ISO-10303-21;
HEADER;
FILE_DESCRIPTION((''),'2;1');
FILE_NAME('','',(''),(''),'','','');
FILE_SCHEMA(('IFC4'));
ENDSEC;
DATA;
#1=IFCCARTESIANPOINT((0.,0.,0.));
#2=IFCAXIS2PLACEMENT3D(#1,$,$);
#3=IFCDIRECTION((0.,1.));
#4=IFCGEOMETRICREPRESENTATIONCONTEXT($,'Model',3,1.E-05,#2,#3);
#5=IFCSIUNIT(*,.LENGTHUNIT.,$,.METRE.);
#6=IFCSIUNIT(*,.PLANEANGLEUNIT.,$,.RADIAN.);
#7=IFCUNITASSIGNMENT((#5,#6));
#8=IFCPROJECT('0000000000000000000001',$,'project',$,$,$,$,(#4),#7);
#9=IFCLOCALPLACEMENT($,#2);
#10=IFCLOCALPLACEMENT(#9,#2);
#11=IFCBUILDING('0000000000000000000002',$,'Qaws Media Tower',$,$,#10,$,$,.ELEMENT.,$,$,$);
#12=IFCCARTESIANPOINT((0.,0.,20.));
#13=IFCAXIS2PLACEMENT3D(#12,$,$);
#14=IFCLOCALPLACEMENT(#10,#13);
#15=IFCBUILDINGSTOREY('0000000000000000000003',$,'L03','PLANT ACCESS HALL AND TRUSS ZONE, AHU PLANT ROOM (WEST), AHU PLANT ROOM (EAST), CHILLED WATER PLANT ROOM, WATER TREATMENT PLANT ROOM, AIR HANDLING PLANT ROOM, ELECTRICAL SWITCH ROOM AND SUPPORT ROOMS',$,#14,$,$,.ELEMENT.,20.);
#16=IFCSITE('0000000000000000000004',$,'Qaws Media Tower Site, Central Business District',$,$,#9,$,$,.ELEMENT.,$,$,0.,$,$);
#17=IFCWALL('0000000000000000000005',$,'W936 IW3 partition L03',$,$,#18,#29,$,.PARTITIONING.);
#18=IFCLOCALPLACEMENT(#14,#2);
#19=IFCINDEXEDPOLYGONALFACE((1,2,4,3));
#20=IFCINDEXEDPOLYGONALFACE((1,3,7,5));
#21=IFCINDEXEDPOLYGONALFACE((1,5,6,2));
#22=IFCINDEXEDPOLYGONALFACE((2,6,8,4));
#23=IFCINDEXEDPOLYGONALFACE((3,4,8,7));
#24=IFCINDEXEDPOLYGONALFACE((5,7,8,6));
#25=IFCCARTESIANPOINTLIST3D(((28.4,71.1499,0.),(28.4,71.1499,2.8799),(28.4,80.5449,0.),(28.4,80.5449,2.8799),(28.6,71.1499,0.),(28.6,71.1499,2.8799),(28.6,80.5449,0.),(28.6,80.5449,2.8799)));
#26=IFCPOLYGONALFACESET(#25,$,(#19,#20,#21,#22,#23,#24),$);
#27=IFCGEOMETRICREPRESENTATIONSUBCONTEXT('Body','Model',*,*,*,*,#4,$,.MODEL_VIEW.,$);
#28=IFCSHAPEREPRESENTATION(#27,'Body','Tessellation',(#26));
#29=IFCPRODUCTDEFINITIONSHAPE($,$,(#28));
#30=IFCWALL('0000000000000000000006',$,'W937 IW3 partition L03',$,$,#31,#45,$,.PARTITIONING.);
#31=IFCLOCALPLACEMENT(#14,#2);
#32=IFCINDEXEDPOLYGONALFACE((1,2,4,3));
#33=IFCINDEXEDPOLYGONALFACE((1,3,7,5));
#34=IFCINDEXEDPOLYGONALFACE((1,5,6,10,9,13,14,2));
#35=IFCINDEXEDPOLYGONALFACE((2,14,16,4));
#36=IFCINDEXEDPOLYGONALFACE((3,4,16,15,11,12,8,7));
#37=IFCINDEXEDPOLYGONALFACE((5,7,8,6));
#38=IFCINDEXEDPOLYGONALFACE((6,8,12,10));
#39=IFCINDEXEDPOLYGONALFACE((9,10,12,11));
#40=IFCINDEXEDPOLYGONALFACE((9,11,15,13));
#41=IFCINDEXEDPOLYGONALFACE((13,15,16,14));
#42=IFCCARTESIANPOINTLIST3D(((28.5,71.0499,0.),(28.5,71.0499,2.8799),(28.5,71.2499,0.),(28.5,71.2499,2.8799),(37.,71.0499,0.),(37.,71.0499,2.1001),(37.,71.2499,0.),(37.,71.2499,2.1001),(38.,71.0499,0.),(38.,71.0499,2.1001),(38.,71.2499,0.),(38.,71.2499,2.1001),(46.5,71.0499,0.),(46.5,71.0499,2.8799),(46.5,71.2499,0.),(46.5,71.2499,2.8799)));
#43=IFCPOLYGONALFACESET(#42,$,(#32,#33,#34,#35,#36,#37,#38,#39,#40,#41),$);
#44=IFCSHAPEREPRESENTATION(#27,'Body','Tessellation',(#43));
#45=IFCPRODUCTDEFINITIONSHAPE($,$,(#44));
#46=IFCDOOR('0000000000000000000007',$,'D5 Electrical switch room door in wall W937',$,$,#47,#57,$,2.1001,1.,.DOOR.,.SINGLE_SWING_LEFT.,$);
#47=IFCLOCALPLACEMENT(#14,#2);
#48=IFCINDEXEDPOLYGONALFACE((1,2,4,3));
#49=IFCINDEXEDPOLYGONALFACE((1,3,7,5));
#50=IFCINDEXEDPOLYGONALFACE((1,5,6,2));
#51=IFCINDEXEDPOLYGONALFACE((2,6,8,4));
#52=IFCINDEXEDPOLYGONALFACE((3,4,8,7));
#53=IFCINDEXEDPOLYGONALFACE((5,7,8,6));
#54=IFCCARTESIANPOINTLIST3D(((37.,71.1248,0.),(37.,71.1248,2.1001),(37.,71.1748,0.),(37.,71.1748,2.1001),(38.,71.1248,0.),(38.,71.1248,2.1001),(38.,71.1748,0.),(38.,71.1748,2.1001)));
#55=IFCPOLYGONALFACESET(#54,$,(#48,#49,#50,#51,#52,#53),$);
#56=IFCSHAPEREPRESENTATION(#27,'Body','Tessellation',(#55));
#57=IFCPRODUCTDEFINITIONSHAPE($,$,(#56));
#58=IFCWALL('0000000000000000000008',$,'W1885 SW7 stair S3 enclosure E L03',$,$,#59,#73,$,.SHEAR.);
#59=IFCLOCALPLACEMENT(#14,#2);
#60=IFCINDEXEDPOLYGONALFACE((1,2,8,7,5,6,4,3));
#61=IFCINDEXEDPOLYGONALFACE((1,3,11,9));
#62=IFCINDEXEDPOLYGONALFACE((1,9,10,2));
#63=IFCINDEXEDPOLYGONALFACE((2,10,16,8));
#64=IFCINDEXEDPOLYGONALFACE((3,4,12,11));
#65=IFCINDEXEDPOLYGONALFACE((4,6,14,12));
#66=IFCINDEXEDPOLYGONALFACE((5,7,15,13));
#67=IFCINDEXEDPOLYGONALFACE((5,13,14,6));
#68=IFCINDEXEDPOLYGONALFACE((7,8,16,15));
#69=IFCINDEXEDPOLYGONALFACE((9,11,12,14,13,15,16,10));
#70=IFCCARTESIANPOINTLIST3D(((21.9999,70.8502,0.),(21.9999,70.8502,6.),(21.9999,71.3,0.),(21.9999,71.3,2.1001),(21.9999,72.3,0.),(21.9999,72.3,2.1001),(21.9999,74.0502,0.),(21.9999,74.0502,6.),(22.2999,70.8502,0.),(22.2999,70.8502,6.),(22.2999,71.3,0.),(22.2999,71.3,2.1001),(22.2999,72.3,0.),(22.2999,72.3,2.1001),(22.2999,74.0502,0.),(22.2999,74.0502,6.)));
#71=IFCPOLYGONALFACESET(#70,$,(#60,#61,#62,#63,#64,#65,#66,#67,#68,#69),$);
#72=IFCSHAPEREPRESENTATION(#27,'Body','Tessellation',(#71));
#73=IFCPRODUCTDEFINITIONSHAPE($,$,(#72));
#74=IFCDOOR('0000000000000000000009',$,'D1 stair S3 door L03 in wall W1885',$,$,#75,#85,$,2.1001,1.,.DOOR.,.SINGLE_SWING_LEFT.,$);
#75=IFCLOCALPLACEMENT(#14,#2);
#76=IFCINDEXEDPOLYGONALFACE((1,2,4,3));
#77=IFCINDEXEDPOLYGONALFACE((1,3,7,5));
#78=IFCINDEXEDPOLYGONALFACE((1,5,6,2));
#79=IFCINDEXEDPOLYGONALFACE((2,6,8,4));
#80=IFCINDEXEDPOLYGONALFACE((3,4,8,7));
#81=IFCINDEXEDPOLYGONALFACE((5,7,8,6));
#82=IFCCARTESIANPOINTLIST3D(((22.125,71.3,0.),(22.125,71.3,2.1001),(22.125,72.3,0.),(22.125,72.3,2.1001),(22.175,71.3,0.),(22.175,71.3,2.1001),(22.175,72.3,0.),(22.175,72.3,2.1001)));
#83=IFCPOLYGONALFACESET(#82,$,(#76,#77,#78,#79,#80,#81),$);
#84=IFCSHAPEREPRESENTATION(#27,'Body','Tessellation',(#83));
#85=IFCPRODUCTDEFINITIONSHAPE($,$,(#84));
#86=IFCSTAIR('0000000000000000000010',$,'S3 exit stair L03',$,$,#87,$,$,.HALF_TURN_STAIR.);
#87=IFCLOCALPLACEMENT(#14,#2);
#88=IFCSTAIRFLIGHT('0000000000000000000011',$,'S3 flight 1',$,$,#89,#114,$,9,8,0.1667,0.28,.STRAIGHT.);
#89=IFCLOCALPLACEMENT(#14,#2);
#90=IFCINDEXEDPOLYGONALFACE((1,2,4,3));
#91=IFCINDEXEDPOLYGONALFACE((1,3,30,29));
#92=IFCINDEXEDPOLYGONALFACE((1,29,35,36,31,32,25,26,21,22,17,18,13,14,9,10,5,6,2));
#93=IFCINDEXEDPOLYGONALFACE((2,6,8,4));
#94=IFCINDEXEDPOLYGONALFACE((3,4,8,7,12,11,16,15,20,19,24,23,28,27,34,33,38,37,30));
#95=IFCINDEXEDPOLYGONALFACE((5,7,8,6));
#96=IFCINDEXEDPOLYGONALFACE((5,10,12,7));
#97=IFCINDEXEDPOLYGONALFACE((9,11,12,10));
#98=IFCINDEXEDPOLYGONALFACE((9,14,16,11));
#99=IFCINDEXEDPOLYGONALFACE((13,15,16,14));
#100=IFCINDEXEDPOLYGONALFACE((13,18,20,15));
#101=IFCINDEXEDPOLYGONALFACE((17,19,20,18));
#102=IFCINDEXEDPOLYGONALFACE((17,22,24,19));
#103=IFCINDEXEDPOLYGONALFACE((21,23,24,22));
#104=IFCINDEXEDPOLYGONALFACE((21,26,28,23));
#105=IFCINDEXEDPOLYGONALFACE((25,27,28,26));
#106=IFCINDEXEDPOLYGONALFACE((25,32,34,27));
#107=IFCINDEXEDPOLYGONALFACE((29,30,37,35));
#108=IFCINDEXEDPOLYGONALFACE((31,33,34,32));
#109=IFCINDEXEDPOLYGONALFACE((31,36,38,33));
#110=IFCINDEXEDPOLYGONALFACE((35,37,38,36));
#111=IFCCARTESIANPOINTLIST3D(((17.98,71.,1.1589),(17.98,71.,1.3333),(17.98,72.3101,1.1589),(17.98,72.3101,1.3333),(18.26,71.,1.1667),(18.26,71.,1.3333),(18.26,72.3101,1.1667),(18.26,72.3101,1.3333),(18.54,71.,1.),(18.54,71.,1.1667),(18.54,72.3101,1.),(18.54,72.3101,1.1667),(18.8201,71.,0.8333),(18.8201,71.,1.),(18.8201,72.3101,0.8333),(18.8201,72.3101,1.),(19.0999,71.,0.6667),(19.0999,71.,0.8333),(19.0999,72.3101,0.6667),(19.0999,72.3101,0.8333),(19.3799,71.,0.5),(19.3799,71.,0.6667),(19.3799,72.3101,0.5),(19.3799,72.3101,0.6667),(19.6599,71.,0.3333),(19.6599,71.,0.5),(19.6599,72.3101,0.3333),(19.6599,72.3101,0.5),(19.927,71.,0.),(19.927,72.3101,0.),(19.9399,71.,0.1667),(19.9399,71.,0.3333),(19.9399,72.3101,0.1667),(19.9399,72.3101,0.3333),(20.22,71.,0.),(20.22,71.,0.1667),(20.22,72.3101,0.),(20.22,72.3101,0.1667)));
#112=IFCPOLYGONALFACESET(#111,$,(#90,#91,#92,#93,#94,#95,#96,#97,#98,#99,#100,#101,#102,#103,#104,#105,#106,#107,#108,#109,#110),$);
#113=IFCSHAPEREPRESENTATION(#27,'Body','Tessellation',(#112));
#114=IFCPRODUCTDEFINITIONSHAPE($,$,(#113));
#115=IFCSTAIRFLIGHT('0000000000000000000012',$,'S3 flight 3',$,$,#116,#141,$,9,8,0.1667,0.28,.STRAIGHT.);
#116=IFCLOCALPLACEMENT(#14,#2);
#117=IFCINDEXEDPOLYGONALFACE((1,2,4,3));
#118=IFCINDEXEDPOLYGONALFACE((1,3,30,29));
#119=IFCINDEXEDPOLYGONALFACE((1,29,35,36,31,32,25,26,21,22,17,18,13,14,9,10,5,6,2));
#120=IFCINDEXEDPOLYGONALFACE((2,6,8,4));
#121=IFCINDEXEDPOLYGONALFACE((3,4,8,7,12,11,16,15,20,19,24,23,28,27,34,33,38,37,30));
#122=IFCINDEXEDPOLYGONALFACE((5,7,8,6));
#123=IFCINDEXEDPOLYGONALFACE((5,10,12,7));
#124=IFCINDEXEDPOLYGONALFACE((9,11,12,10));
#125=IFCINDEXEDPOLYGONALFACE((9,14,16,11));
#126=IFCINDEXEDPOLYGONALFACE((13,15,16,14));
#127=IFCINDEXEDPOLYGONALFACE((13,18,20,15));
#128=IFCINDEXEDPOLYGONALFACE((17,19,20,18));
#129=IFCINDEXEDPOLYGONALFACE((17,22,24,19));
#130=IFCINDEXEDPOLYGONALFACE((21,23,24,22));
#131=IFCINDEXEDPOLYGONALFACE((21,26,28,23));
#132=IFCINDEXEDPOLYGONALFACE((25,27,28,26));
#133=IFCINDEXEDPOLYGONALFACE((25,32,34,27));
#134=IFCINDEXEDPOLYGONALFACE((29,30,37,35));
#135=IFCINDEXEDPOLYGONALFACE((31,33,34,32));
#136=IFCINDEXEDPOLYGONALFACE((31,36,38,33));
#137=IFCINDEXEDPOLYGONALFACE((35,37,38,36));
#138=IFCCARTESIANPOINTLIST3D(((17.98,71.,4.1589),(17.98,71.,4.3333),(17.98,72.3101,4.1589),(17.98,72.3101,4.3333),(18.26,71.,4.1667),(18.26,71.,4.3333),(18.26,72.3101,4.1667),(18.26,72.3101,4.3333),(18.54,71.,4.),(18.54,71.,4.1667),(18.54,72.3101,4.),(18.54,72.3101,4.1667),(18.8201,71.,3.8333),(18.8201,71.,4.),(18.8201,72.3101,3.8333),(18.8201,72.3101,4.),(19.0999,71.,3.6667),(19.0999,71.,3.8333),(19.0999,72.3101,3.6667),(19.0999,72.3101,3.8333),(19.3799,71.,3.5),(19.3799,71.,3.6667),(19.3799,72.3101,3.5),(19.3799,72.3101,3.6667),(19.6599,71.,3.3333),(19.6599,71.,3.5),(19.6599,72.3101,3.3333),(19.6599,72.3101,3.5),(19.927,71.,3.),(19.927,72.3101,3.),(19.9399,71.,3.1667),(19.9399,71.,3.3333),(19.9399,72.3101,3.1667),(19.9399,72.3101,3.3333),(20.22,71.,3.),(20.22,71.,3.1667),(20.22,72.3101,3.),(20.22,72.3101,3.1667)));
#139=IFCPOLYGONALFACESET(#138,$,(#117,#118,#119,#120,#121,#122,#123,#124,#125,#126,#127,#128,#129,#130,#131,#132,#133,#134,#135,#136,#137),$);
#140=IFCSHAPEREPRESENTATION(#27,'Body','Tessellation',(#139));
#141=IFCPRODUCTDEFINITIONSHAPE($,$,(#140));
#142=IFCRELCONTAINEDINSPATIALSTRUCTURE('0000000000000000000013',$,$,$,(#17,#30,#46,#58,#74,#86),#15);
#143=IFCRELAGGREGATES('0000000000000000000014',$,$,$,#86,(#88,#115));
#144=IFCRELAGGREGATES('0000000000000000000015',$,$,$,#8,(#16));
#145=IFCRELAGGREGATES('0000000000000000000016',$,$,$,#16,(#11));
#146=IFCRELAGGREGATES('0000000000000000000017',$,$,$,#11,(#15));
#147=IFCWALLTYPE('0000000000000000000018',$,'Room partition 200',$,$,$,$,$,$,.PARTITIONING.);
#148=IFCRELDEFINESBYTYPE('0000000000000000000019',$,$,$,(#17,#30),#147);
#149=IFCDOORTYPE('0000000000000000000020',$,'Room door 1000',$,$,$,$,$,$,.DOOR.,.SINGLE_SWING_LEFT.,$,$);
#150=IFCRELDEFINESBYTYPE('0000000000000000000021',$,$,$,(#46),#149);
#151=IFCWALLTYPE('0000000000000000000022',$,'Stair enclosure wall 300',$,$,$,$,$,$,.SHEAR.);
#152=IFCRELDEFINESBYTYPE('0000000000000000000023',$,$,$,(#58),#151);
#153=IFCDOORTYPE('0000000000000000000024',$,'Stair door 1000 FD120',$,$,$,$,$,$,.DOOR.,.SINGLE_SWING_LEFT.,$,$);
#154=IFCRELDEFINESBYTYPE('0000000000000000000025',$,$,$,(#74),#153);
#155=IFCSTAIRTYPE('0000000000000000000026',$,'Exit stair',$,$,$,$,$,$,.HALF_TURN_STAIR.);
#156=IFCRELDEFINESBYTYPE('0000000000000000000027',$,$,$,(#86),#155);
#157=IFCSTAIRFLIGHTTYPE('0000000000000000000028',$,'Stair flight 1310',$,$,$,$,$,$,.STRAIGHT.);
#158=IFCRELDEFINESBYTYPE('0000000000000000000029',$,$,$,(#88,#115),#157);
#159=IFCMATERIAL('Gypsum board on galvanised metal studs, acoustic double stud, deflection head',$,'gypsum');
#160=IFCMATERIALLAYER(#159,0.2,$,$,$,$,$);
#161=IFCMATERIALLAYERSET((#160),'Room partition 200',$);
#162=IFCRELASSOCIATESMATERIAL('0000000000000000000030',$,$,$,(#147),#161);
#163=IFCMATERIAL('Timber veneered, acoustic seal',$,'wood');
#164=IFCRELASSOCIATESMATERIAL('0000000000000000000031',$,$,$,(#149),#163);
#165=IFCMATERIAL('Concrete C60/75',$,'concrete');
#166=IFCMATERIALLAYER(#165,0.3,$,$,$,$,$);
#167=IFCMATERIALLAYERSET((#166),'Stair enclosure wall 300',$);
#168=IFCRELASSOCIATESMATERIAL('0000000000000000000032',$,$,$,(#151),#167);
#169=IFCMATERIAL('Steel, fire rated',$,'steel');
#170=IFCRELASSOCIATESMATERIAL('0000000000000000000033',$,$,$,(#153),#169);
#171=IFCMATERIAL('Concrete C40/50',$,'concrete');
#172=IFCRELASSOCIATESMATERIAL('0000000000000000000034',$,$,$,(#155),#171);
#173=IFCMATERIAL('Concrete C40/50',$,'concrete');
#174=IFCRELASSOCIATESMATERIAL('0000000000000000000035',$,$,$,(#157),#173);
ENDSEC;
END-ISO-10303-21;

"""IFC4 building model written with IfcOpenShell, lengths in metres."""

from ifc_helpers import new_model, si_unit, direction, frame, frame_2d, origin, place, context, subcontext, project, spatial, polyline, rectangle, outline, extrude, material, layer, layer_set, type_object, element, fill, aggregate, save


model = new_model("IFC4")

# Units and contexts
model_context = context("Model", 3, precision=1e-05, world=origin(), true_north=direction((0.0, 1.0)))
body_context = subcontext(model_context, "Body", "Model", "MODEL_VIEW")
ifc_project = project(units=[si_unit("LENGTHUNIT", "METRE"), si_unit("PLANEANGLEUNIT", "RADIAN")], contexts=[model_context])

# Site, building, storey
site_placement = place(None, origin())
site = spatial("IfcSite", under=ifc_project, at=site_placement, Name="Qaws Media Tower Site, Central Business District", CompositionType="ELEMENT", RefElevation=0.0)
building_placement = place(site_placement, origin())
building = spatial("IfcBuilding", under=site, at=building_placement, Name="Qaws Media Tower", CompositionType="ELEMENT")
storey_placement = place(building_placement, frame((0.0, 0.0, 20.0)))
storey = spatial("IfcBuildingStorey", under=building, at=storey_placement, Name="L03", Description="PLANT ACCESS HALL AND TRUSS ZONE, AHU PLANT ROOM (WEST), AHU PLANT ROOM (EAST), CHILLED WATER PLANT ROOM, WATER TREATMENT PLANT ROOM, AIR HANDLING PLANT ROOM, ELECTRICAL SWITCH ROOM AND SUPPORT ROOMS", CompositionType="ELEMENT", Elevation=20.0)

# Wall
ifc_material_1 = material(Name="Gypsum board on galvanised metal studs, acoustic double stud, deflection head", Category="gypsum")
ifc_layer_1 = layer(ifc_material_1, 0.2)
ifc_layer_set_1 = layer_set([ifc_layer_1], Name="Room partition 200")
wall_type_1 = type_object("IfcWallType", Name="Room partition 200", PredefinedType="PARTITIONING", material=ifc_layer_set_1)
wall_1_placement = place(storey_placement, frame((28.5, 71.1499, 0.0), z_axis=(0.0, 0.0, 1.0), x_axis=(0.0, 1.0, 0.0)))
element("IfcWall", 1, at=wall_1_placement, inside=storey, type_object=wall_type_1, Name="W936 IW3 partition L03", PredefinedType="PARTITIONING", context=body_context, shape_type="SweptSolid", body=[
    extrude(rectangle(XDim=9.395, YDim=0.2, at=frame_2d((4.6975, 0.0))), origin(), (0.0, 0.0, 1.0), 2.8799),
])

# Walls, openings, doors
wall_2_placement = place(storey_placement, frame((28.5, 71.1499, 0.0), z_axis=(0.0, 0.0, 1.0), x_axis=(1.0, 0.0, 0.0)))
wall_2 = element("IfcWall", 2, at=wall_2_placement, inside=storey, type_object=wall_type_1, Name="W937 IW3 partition L03", PredefinedType="PARTITIONING", context=body_context, shape_type="SweptSolid", body=[
    extrude(rectangle(XDim=18.0, YDim=0.2, at=frame_2d((9.0, 0.0))), origin(), (0.0, 0.0, 1.0), 2.8799),
])
opening_1_placement = place(wall_2_placement, frame((8.5, 0.0, 0.0)))
opening_1 = element("IfcOpeningElement", 3, at=opening_1_placement, cuts=wall_2, PredefinedType="OPENING", context=body_context, shape_type="SweptSolid", body=[
    extrude(rectangle(XDim=1.0, YDim=2.1001, at=frame_2d((0.5, 1.05))), frame((0.0, 0.1099, 0.0), z_axis=(0.0, -1.0, 0.0), x_axis=(1.0, 0.0, 0.0)), (0.0, 0.0, 1.0), 0.22),
])
ifc_material_2 = material(Name="Timber veneered, acoustic seal", Category="wood")
door_type_1 = type_object("IfcDoorType", Name="Room door 1000", OperationType="SINGLE_SWING_LEFT", PredefinedType="DOOR", material=ifc_material_2)
door_1_placement = place(opening_1_placement, origin())
door_1 = element("IfcDoor", 4, at=door_1_placement, inside=storey, type_object=door_type_1, Name="D5 Electrical switch room door in wall W937", OperationType="SINGLE_SWING_LEFT", OverallHeight=2.1001, OverallWidth=1.0, PredefinedType="DOOR", context=body_context, shape_type="SweptSolid", body=[
    extrude(rectangle(XDim=1.0, YDim=2.1001, at=frame_2d((0.5, 1.05))), frame((0.0, 0.0249, 0.0), z_axis=(0.0, -1.0, 0.0), x_axis=(1.0, 0.0, 0.0)), (0.0, 0.0, 1.0), 0.05),
])
fill(opening_1, door_1)
ifc_material_3 = material(Name="Concrete C60/75", Category="concrete")
ifc_layer_2 = layer(ifc_material_3, 0.3)
ifc_layer_set_2 = layer_set([ifc_layer_2], Name="Stair enclosure wall 300")
wall_type_2 = type_object("IfcWallType", Name="Stair enclosure wall 300", PredefinedType="SHEAR", material=ifc_layer_set_2)
wall_3_placement = place(storey_placement, frame((22.1499, 70.8501, 0.0), z_axis=(0.0, 0.0, 1.0), x_axis=(0.0, 1.0, 0.0)))
wall_3 = element("IfcWall", 5, at=wall_3_placement, inside=storey, type_object=wall_type_2, Name="W1885 SW7 stair S3 enclosure E L03", PredefinedType="SHEAR", context=body_context, shape_type="SweptSolid", body=[
    extrude(rectangle(XDim=3.2, YDim=0.3, at=frame_2d((1.6001, 0.0))), origin(), (0.0, 0.0, 1.0), 6.0),
])
opening_2_placement = place(wall_3_placement, frame((0.45, 0.0, 0.0)))
opening_2 = element("IfcOpeningElement", 6, at=opening_2_placement, cuts=wall_3, PredefinedType="OPENING", context=body_context, shape_type="SweptSolid", body=[
    extrude(rectangle(XDim=1.0, YDim=2.1001, at=frame_2d((0.5, 1.05))), frame((0.0, 0.1599, 0.0), z_axis=(0.0, -1.0, 0.0), x_axis=(1.0, 0.0, 0.0)), (0.0, 0.0, 1.0), 0.3201),
])
ifc_material_4 = material(Name="Steel, fire rated", Category="steel")
door_type_2 = type_object("IfcDoorType", Name="Stair door 1000 FD120", OperationType="SINGLE_SWING_LEFT", PredefinedType="DOOR", material=ifc_material_4)
door_2_placement = place(opening_2_placement, origin())
door_2 = element("IfcDoor", 7, at=door_2_placement, inside=storey, type_object=door_type_2, Name="D1 stair S3 door L03 in wall W1885", OperationType="SINGLE_SWING_LEFT", OverallHeight=2.1001, OverallWidth=1.0, PredefinedType="DOOR", context=body_context, shape_type="SweptSolid", body=[
    extrude(rectangle(XDim=1.0, YDim=2.1001, at=frame_2d((0.5, 1.05))), frame((0.0, 0.0249, 0.0), z_axis=(0.0, -1.0, 0.0), x_axis=(1.0, 0.0, 0.0)), (0.0, 0.0, 1.0), 0.05),
])
fill(opening_2, door_2)

# Stair, stair flights
ifc_material_5 = material(Name="Concrete C40/50", Category="concrete")
stair_type = type_object("IfcStairType", Name="Exit stair", PredefinedType="HALF_TURN_STAIR", material=ifc_material_5)
stair_placement = place(storey_placement, origin())
stair = element("IfcStair", 8, at=stair_placement, inside=storey, type_object=stair_type, Name="S3 exit stair L03", PredefinedType="HALF_TURN_STAIR")
ifc_material_6 = material(Name="Concrete C40/50", Category="concrete")
stair_flight_type = type_object("IfcStairFlightType", Name="Stair flight 1310", PredefinedType="STRAIGHT", material=ifc_material_6)
stair_flight_1_placement = place(storey_placement, frame((20.22, 71.655, 0.0), z_axis=(0.0, 0.0, 1.0), x_axis=(-1.0, 0.0, 0.0)))
stair_flight_1 = element("IfcStairFlight", 9, at=stair_flight_1_placement, type_object=stair_flight_type, Name="S3 flight 1", NumberOfRisers=9, NumberOfTreads=8, PredefinedType="STRAIGHT", RiserHeight=0.1667, TreadLength=0.28, context=body_context, shape_type="SweptSolid", body=[
    extrude(outline(polyline([(0.0, 0.0), (0.0, 0.1667), (0.28, 0.1667), (0.28, 0.3333), (0.5601, 0.3333), (0.5601, 0.5), (0.8401, 0.5), (0.8401, 0.6667), (1.1201, 0.6667), (1.1201, 0.8333), (1.3999, 0.8333), (1.3999, 1.0), (1.6799, 1.0), (1.6799, 1.1667), (1.96, 1.1667), (1.96, 1.3333), (2.24, 1.3333), (2.24, 1.5), (2.24, 1.1589), (0.293, 0.0), (0.0, 0.0)])), frame((0.0, 0.655, 0.0), z_axis=(0.0, -1.0, 0.0), x_axis=(1.0, 0.0, 0.0)), (0.0, 0.0, 1.0), 1.3101),
])
stair_flight_2_placement = place(storey_placement, frame((20.22, 71.655, 3.0), z_axis=(0.0, 0.0, 1.0), x_axis=(-1.0, 0.0, 0.0)))
stair_flight_2 = element("IfcStairFlight", 10, at=stair_flight_2_placement, type_object=stair_flight_type, Name="S3 flight 3", NumberOfRisers=9, NumberOfTreads=8, PredefinedType="STRAIGHT", RiserHeight=0.1667, TreadLength=0.28, context=body_context, shape_type="SweptSolid", body=[
    extrude(outline(polyline([(0.0, 0.0), (0.0, 0.1667), (0.28, 0.1667), (0.28, 0.3333), (0.5601, 0.3333), (0.5601, 0.5), (0.8401, 0.5), (0.8401, 0.6667), (1.1201, 0.6667), (1.1201, 0.8333), (1.3999, 0.8333), (1.3999, 1.0), (1.6799, 1.0), (1.6799, 1.1667), (1.96, 1.1667), (1.96, 1.3333), (2.24, 1.3333), (2.24, 1.5), (2.24, 1.1589), (0.293, 0.0), (0.0, 0.0)])), frame((0.0, 0.655, 0.0), z_axis=(0.0, -1.0, 0.0), x_axis=(1.0, 0.0, 0.0)), (0.0, 0.0, 1.0), 1.3101),
])
aggregate(stair, [stair_flight_1, stair_flight_2])

save(model, "model.ifc")
